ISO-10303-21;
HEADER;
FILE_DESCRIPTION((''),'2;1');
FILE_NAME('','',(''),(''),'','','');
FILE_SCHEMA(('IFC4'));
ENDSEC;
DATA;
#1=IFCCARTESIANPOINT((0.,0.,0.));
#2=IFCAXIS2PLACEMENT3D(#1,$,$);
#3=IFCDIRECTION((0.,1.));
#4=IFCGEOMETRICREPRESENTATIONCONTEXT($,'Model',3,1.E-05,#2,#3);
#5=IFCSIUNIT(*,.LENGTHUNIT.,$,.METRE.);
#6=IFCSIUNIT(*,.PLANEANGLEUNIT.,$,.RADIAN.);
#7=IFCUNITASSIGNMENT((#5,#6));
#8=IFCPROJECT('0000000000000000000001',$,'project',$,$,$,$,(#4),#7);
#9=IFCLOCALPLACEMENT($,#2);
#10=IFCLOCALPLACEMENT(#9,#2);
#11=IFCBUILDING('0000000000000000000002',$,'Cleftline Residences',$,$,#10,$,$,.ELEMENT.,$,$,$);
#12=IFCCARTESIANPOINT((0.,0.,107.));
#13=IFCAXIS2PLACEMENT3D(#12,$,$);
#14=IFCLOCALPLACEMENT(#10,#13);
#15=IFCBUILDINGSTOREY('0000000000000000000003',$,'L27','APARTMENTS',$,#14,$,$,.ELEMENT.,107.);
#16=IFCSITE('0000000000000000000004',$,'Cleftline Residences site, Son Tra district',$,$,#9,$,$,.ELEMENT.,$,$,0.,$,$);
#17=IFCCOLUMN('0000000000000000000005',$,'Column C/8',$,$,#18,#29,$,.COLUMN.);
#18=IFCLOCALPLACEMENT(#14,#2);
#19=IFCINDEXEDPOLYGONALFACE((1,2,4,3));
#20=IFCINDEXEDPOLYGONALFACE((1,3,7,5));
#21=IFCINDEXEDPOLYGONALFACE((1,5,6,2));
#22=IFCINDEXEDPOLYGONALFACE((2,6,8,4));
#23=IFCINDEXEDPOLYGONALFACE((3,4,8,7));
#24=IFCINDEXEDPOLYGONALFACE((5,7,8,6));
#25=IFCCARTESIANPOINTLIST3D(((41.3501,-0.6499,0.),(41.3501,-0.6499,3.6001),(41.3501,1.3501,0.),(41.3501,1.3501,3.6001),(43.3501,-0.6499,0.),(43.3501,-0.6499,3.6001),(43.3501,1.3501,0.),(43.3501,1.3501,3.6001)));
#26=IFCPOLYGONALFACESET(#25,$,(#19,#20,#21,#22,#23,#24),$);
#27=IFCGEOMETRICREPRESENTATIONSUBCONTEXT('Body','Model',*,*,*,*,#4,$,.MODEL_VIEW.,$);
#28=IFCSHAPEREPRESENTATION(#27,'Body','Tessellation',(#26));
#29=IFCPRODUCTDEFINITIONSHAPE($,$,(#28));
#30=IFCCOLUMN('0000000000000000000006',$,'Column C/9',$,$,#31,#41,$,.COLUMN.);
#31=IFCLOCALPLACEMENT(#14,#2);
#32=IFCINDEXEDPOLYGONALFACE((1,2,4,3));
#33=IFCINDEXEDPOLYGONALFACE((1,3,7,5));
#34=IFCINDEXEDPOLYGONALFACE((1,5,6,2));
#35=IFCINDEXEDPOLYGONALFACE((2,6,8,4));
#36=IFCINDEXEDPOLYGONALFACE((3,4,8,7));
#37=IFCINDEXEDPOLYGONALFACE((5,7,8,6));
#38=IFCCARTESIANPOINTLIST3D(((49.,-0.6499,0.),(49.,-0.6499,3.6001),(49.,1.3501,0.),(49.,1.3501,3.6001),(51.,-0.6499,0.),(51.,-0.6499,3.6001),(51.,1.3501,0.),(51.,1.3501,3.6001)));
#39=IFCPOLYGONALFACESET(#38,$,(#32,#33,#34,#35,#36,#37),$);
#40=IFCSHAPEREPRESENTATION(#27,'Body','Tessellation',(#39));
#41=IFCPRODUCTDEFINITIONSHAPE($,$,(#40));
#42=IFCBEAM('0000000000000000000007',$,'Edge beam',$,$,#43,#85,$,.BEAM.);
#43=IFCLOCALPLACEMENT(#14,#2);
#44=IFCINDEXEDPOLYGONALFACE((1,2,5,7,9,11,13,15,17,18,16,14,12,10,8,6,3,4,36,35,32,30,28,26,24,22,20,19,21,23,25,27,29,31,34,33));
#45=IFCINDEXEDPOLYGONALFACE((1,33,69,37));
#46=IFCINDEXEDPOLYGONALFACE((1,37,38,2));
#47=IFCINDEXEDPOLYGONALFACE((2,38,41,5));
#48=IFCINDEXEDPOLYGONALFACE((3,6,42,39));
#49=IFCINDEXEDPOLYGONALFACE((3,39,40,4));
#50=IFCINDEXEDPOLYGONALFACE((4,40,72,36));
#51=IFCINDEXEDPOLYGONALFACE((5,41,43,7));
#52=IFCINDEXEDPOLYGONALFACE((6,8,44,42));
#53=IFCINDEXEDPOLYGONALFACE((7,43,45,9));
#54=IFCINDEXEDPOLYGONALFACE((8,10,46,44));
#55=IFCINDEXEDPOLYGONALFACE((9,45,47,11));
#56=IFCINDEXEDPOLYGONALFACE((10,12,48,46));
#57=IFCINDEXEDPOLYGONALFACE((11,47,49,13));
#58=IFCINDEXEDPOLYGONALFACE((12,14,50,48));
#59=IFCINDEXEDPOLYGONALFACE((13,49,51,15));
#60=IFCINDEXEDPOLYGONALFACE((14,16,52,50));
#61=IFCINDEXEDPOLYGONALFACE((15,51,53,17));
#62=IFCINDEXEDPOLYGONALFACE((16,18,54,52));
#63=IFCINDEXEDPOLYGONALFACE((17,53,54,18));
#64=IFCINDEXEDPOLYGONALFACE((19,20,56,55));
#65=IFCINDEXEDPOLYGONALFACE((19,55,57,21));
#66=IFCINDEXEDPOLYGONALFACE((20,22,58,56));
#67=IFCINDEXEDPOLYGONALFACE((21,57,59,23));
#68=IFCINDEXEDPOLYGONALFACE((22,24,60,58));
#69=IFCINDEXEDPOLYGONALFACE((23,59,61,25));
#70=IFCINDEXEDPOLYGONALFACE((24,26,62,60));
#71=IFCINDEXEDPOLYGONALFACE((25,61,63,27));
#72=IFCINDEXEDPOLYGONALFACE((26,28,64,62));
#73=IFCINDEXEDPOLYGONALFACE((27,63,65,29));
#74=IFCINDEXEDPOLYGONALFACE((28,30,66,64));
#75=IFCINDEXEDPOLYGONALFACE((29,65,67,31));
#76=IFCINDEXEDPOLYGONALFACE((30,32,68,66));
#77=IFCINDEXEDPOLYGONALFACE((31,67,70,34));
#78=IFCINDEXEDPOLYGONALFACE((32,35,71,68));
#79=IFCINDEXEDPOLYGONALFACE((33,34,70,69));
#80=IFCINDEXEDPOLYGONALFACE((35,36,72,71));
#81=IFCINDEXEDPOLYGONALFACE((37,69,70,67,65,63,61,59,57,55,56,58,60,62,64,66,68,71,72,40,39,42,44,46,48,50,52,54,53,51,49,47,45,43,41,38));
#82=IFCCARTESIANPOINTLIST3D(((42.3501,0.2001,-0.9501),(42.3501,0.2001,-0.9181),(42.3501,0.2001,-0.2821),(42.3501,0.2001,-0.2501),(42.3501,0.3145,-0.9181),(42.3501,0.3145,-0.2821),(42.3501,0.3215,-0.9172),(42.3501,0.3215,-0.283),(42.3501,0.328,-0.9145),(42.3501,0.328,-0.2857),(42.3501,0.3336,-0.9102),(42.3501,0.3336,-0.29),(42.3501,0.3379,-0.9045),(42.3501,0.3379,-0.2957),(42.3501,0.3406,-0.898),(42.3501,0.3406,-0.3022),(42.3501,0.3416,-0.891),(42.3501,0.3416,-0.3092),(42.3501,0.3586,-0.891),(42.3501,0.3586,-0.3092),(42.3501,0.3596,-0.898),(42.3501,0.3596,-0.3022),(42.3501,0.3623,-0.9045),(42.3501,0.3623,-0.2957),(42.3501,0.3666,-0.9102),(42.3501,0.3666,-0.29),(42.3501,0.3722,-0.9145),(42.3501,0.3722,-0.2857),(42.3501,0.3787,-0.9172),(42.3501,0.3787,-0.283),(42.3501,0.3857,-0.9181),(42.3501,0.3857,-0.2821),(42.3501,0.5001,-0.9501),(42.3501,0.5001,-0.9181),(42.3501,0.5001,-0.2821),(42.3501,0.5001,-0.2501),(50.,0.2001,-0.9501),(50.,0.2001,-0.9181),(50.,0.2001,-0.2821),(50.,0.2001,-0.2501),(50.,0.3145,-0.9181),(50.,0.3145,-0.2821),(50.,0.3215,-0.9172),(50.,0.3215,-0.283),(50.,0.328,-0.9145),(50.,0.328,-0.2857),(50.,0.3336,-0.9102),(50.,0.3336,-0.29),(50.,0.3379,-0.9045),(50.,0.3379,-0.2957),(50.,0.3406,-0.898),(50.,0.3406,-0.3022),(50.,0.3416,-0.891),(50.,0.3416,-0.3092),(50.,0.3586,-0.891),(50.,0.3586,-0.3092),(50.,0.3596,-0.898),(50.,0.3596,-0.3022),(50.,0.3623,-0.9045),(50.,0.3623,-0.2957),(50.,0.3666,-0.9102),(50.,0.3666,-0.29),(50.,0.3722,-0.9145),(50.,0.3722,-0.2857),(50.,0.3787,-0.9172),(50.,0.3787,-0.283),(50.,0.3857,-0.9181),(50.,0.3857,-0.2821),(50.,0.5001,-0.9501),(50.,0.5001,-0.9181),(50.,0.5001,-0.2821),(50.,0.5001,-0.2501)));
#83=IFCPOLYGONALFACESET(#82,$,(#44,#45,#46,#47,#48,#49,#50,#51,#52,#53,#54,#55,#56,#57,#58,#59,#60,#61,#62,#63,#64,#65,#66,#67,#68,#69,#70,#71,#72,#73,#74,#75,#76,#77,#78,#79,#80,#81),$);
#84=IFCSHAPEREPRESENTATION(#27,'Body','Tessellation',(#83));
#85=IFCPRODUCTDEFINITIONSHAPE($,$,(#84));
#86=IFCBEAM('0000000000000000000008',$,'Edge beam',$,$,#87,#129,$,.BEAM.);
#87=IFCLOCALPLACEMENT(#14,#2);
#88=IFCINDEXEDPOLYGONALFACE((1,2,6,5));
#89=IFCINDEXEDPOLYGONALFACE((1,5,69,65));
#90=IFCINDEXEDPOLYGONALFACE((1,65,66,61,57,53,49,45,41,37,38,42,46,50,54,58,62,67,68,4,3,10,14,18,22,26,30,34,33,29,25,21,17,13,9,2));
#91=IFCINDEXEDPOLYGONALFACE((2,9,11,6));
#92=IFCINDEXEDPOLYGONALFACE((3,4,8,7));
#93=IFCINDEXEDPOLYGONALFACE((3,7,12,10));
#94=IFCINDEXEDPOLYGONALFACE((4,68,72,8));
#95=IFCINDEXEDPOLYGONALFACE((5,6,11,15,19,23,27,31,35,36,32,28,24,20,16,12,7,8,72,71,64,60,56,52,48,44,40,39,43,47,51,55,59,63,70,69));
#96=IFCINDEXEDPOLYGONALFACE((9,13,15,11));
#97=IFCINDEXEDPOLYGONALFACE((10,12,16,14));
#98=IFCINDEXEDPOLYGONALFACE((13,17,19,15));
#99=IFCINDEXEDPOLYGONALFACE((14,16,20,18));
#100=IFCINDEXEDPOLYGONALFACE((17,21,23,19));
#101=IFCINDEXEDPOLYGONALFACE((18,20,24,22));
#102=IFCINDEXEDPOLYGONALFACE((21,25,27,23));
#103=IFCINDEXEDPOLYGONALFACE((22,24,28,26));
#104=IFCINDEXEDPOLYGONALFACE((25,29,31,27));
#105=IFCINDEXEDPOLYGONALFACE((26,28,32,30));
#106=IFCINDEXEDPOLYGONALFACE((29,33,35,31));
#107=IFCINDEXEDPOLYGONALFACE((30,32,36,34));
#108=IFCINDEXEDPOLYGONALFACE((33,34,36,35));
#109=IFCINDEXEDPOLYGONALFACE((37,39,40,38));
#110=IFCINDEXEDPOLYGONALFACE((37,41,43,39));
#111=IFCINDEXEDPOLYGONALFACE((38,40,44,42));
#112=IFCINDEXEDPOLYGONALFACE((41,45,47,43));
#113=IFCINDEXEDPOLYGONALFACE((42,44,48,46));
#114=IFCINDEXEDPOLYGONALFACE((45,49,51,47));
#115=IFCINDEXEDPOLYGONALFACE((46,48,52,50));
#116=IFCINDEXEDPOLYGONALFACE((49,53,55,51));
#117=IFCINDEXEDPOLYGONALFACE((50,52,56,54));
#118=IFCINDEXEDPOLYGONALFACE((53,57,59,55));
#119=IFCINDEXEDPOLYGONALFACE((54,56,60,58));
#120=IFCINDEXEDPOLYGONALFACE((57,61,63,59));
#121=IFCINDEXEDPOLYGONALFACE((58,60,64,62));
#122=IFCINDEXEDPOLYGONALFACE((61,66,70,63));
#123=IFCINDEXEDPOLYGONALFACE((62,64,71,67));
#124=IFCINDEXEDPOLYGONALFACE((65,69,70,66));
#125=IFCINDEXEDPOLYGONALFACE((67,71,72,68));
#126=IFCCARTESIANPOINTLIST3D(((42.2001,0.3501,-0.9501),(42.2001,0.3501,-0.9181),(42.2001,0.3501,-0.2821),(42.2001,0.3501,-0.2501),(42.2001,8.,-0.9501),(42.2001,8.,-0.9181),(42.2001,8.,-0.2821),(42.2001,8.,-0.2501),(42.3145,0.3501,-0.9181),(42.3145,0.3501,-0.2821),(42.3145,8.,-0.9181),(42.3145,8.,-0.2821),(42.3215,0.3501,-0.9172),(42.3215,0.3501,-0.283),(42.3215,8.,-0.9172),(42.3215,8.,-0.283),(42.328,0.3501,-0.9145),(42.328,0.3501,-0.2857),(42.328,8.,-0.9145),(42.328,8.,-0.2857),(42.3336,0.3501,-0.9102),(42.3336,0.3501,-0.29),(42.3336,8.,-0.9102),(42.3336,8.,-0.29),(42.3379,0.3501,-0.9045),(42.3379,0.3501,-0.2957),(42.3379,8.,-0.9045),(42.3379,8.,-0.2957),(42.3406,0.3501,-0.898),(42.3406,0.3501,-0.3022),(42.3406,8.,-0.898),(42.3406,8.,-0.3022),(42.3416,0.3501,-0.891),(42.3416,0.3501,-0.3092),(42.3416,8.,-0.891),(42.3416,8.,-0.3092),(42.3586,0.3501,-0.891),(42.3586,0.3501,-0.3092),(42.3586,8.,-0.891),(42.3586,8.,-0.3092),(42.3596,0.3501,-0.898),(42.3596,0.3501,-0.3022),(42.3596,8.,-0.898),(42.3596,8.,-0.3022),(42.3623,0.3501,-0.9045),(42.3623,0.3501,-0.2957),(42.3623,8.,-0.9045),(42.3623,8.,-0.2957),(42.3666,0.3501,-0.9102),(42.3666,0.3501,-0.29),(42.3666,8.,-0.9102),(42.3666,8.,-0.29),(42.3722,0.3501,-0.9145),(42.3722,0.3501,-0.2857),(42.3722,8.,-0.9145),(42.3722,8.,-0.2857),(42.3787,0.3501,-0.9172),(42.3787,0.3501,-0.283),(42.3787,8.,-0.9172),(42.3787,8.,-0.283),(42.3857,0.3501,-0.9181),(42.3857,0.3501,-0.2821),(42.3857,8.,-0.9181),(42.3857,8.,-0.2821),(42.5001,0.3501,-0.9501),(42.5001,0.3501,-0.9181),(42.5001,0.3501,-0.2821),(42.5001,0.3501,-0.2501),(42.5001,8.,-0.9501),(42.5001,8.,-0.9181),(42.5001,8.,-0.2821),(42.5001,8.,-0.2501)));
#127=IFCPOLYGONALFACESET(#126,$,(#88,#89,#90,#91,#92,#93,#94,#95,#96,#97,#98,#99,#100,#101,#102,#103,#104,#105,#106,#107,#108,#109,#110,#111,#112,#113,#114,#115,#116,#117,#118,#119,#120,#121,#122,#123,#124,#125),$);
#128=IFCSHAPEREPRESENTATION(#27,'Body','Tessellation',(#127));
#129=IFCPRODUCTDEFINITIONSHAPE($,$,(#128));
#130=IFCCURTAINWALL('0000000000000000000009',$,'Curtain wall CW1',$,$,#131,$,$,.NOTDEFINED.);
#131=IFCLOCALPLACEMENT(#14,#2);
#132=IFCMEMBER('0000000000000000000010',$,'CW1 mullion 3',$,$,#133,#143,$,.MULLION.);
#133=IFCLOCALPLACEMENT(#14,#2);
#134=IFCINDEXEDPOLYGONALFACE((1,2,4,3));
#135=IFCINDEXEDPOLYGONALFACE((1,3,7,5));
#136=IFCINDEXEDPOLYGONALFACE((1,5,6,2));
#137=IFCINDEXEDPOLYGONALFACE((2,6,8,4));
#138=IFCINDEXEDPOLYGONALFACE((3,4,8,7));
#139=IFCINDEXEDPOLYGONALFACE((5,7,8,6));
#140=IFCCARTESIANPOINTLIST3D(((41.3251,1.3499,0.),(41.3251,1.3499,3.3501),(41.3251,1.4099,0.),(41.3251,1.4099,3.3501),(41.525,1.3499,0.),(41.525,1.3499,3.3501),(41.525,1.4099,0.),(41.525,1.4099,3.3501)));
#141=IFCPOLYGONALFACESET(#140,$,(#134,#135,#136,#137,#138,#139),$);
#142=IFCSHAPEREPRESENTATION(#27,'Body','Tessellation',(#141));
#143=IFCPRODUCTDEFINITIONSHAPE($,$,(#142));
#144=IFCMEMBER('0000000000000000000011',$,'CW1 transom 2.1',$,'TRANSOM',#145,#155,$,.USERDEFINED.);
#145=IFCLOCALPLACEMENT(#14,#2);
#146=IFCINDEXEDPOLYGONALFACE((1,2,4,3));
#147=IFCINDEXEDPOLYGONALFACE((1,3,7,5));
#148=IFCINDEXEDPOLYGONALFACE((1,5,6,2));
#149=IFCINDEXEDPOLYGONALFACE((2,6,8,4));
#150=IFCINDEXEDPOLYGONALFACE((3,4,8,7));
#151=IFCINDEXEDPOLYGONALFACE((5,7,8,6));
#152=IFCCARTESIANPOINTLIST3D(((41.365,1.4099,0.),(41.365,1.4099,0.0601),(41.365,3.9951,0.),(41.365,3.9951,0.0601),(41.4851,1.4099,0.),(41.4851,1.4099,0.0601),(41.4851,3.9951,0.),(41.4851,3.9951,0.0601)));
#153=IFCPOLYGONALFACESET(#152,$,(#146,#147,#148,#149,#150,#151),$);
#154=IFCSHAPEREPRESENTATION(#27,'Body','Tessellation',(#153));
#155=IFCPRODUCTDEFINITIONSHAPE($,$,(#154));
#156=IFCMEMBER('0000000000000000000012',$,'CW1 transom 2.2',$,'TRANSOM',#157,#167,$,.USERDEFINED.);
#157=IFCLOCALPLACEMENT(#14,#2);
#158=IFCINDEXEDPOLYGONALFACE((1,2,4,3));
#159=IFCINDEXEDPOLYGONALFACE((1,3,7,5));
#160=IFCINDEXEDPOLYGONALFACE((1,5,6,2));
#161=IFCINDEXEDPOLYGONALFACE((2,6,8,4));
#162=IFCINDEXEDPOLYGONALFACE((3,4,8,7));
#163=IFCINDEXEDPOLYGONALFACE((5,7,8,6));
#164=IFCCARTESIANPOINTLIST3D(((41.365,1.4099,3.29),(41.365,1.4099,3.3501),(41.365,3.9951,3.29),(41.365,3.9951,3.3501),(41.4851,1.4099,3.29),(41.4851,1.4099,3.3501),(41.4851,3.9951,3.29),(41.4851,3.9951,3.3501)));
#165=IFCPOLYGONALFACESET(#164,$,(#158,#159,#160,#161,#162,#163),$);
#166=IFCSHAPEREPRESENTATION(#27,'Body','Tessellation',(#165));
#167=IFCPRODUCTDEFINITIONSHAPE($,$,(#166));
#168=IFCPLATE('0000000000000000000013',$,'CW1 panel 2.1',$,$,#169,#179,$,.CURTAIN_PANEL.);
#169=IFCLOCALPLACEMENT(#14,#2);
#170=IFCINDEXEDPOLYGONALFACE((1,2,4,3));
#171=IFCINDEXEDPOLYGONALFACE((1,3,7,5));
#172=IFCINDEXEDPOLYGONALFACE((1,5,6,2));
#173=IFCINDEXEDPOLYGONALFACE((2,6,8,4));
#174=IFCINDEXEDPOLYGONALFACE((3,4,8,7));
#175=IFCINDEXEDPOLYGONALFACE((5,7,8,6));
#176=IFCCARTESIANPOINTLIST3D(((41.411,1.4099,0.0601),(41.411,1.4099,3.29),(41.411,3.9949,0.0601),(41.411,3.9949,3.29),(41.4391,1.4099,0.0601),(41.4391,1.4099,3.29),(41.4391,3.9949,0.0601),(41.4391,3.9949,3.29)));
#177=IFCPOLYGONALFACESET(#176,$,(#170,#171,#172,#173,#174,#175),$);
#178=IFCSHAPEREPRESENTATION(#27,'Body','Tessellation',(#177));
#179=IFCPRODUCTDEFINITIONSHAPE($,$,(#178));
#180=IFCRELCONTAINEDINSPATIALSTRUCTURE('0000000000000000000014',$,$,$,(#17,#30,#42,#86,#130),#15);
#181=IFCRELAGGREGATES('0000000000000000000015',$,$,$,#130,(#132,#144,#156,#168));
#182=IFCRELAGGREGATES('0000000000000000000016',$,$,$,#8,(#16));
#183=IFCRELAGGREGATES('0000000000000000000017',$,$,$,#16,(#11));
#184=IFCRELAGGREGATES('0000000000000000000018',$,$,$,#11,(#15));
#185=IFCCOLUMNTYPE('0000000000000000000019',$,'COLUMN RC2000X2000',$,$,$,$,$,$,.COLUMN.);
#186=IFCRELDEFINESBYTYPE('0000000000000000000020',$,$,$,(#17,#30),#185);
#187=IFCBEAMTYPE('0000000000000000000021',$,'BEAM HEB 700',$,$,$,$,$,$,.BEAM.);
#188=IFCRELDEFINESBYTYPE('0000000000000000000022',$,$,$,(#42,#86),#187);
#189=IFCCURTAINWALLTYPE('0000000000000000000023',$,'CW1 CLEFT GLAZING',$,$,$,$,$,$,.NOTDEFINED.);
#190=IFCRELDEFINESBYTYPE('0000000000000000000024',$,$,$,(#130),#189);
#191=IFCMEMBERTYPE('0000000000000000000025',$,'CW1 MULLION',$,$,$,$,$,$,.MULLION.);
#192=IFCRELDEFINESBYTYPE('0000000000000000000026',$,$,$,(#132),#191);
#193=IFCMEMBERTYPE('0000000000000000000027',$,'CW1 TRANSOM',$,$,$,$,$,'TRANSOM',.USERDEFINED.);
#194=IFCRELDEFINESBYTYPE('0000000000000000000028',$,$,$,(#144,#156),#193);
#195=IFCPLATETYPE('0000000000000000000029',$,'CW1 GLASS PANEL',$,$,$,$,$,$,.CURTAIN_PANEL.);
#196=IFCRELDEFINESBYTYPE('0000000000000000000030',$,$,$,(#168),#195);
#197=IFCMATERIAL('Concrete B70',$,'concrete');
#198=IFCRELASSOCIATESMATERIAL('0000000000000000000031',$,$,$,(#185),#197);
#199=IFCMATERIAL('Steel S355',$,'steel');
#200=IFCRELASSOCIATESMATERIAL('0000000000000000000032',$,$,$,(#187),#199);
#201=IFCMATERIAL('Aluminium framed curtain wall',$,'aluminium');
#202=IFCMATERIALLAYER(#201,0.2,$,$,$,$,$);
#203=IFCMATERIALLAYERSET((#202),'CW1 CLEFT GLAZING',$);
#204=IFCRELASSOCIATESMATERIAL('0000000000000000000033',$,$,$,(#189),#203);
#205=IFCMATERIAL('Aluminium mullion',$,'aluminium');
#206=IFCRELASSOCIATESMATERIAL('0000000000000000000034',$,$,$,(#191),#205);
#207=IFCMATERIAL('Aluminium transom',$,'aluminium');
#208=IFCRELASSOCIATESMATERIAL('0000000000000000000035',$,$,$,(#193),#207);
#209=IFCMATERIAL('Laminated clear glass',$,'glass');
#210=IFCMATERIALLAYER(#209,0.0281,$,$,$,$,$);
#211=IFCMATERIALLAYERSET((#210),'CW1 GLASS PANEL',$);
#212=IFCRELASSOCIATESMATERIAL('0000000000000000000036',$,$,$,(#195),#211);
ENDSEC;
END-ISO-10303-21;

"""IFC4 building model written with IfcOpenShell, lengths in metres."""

from ifc_helpers import new_model, si_unit, direction, frame, origin, origin_2d, place, context, subcontext, project, spatial, rectangle, i_section, extrude, material, layer, layer_set, material_profile, profile_set, type_object, element, aggregate, save


model = new_model("IFC4")

# Units and contexts
model_context = context("Model", 3, precision=1e-05, world=origin(), true_north=direction((0.0, 1.0)))
body_context = subcontext(model_context, "Body", "Model", "MODEL_VIEW")
ifc_project = project(units=[si_unit("LENGTHUNIT", "METRE"), si_unit("PLANEANGLEUNIT", "RADIAN")], contexts=[model_context])

# Site, building, storey
site_placement = place(None, origin())
site = spatial("IfcSite", under=ifc_project, at=site_placement, Name="Cleftline Residences site, Son Tra district", CompositionType="ELEMENT", RefElevation=0.0)
building_placement = place(site_placement, origin())
building = spatial("IfcBuilding", under=site, at=building_placement, Name="Cleftline Residences", CompositionType="ELEMENT")
storey_placement = place(building_placement, frame((0.0, 0.0, 107.0)))
storey = spatial("IfcBuildingStorey", under=building, at=storey_placement, Name="L27", Description="APARTMENTS", CompositionType="ELEMENT", Elevation=107.0)

# Columns
ifc_material_1 = material(Name="Concrete B70", Category="concrete")
ifc_material_profile_1 = material_profile(ifc_material_1, rectangle(XDim=2.0, YDim=2.0, at=origin_2d()))
ifc_profile_set_1 = profile_set([ifc_material_profile_1], Name="Concrete B70")
column_type = type_object("IfcColumnType", Name="COLUMN RC2000X2000", PredefinedType="COLUMN", material=ifc_profile_set_1)
for number, where, z_axis, x_axis, name in (
    (1, (42.3501, 0.3501, 0.0), (0.0, 0.0, 1.0), (1.0, 0.0, 0.0), "Column C/8"),
    (2, (50.0, 0.3501, 0.0), (0.0, 0.0, 1.0), (1.0, 0.0, 0.0), "Column C/9"),
):
    element("IfcColumn", number, at=place(storey_placement, frame(where, z_axis=z_axis, x_axis=x_axis)), inside=storey, type_object=column_type, Name=name, PredefinedType="COLUMN", context=body_context, shape_type="SweptSolid", body=[
        extrude(rectangle(XDim=2.0, YDim=2.0, at=origin_2d()), origin(), (0.0, 0.0, 1.0), 3.6001),
    ])

# Beams
ifc_material_2 = material(Name="Steel S355", Category="steel")
ifc_material_profile_2 = material_profile(ifc_material_2, i_section(OverallWidth=0.3, OverallDepth=0.7, WebThickness=0.0171, FlangeThickness=0.032, FilletRadius=0.0271, at=origin_2d()))
ifc_profile_set_2 = profile_set([ifc_material_profile_2], Name="Steel S355")
beam_type = type_object("IfcBeamType", Name="BEAM HEB 700", PredefinedType="BEAM", material=ifc_profile_set_2)
for number, where, z_axis, x_axis, name in (
    (3, (50.0, 0.3501, -0.6001), (-1.0, 0.0, 0.0), (0.0, -1.0, 0.0), "Edge beam"),
    (4, (42.3501, 0.3501, -0.6001), (0.0, 1.0, 0.0), (-1.0, 0.0, 0.0), "Edge beam"),
):
    element("IfcBeam", number, at=place(storey_placement, frame(where, z_axis=z_axis, x_axis=x_axis)), inside=storey, type_object=beam_type, Name=name, PredefinedType="BEAM", context=body_context, shape_type="SweptSolid", body=[
        extrude(i_section(OverallWidth=0.3, OverallDepth=0.7, WebThickness=0.0171, FlangeThickness=0.032, FilletRadius=0.0271, at=origin_2d()), origin(), (0.0, 0.0, 1.0), 7.6499),
    ])

# Curtain wall, members, plate
ifc_material_3 = material(Name="Aluminium framed curtain wall", Category="aluminium")
ifc_layer_1 = layer(ifc_material_3, 0.2)
ifc_layer_set_1 = layer_set([ifc_layer_1], Name="CW1 CLEFT GLAZING")
curtain_wall_type = type_object("IfcCurtainWallType", Name="CW1 CLEFT GLAZING", PredefinedType="NOTDEFINED", material=ifc_layer_set_1)
curtain_wall_placement = place(storey_placement, origin())
curtain_wall = element("IfcCurtainWall", 5, at=curtain_wall_placement, inside=storey, type_object=curtain_wall_type, Name="Curtain wall CW1", PredefinedType="NOTDEFINED")
ifc_material_4 = material(Name="Aluminium mullion", Category="aluminium")
ifc_material_profile_3 = material_profile(ifc_material_4, rectangle(XDim=0.2, YDim=0.0601, at=origin_2d()))
ifc_profile_set_3 = profile_set([ifc_material_profile_3], Name="Aluminium mullion")
member_type_1 = type_object("IfcMemberType", Name="CW1 MULLION", PredefinedType="MULLION", material=ifc_profile_set_3)
member_1_placement = place(storey_placement, frame((41.425, 1.3799, 0.0), z_axis=(0.0, 0.0, 1.0), x_axis=(1.0, 0.0, 0.0)))
member_1 = element("IfcMember", 6, at=member_1_placement, type_object=member_type_1, Name="CW1 mullion 3", PredefinedType="MULLION", context=body_context, shape_type="SweptSolid", body=[
    extrude(rectangle(XDim=0.2, YDim=0.0601, at=origin_2d()), origin(), (0.0, 0.0, 1.0), 3.3501),
])
ifc_material_5 = material(Name="Aluminium transom", Category="aluminium")
ifc_material_profile_4 = material_profile(ifc_material_5, rectangle(XDim=0.1201, YDim=0.0601, at=origin_2d()))
ifc_profile_set_4 = profile_set([ifc_material_profile_4], Name="Aluminium transom")
member_type_2 = type_object("IfcMemberType", Name="CW1 TRANSOM", ElementType="TRANSOM", PredefinedType="USERDEFINED", material=ifc_profile_set_4)
member_2_placement = place(storey_placement, frame((41.425, 3.9951, 0.03), z_axis=(0.0, -1.0, 0.0), x_axis=(1.0, 0.0, 0.0)))
member_2 = element("IfcMember", 7, at=member_2_placement, type_object=member_type_2, Name="CW1 transom 2.1", ObjectType="TRANSOM", PredefinedType="USERDEFINED", context=body_context, shape_type="SweptSolid", body=[
    extrude(rectangle(XDim=0.1201, YDim=0.0601, at=origin_2d()), origin(), (0.0, 0.0, 1.0), 2.5852),
])
member_3_placement = place(storey_placement, frame((41.425, 3.9951, 3.3201), z_axis=(0.0, -1.0, 0.0), x_axis=(1.0, 0.0, 0.0)))
member_3 = element("IfcMember", 8, at=member_3_placement, type_object=member_type_2, Name="CW1 transom 2.2", ObjectType="TRANSOM", PredefinedType="USERDEFINED", context=body_context, shape_type="SweptSolid", body=[
    extrude(rectangle(XDim=0.1201, YDim=0.0601, at=origin_2d()), origin(), (0.0, 0.0, 1.0), 2.5852),
])
ifc_material_6 = material(Name="Laminated clear glass", Category="glass")
ifc_layer_2 = layer(ifc_material_6, 0.0281)
ifc_layer_set_2 = layer_set([ifc_layer_2], Name="CW1 GLASS PANEL")
plate_type = type_object("IfcPlateType", Name="CW1 GLASS PANEL", PredefinedType="CURTAIN_PANEL", material=ifc_layer_set_2)
plate_placement = place(storey_placement, frame((41.425, 2.7024, 0.0601), z_axis=(0.0, 0.0, 1.0), x_axis=(0.0, -1.0, 0.0)))
plate = element("IfcPlate", 9, at=plate_placement, type_object=plate_type, Name="CW1 panel 2.1", PredefinedType="CURTAIN_PANEL", context=body_context, shape_type="SweptSolid", body=[
    extrude(rectangle(XDim=2.585, YDim=0.0281, at=origin_2d()), origin(), (0.0, 0.0, 1.0), 3.23),
])
aggregate(curtain_wall, [member_1, member_2, member_3, plate])

save(model, "model.ifc")
